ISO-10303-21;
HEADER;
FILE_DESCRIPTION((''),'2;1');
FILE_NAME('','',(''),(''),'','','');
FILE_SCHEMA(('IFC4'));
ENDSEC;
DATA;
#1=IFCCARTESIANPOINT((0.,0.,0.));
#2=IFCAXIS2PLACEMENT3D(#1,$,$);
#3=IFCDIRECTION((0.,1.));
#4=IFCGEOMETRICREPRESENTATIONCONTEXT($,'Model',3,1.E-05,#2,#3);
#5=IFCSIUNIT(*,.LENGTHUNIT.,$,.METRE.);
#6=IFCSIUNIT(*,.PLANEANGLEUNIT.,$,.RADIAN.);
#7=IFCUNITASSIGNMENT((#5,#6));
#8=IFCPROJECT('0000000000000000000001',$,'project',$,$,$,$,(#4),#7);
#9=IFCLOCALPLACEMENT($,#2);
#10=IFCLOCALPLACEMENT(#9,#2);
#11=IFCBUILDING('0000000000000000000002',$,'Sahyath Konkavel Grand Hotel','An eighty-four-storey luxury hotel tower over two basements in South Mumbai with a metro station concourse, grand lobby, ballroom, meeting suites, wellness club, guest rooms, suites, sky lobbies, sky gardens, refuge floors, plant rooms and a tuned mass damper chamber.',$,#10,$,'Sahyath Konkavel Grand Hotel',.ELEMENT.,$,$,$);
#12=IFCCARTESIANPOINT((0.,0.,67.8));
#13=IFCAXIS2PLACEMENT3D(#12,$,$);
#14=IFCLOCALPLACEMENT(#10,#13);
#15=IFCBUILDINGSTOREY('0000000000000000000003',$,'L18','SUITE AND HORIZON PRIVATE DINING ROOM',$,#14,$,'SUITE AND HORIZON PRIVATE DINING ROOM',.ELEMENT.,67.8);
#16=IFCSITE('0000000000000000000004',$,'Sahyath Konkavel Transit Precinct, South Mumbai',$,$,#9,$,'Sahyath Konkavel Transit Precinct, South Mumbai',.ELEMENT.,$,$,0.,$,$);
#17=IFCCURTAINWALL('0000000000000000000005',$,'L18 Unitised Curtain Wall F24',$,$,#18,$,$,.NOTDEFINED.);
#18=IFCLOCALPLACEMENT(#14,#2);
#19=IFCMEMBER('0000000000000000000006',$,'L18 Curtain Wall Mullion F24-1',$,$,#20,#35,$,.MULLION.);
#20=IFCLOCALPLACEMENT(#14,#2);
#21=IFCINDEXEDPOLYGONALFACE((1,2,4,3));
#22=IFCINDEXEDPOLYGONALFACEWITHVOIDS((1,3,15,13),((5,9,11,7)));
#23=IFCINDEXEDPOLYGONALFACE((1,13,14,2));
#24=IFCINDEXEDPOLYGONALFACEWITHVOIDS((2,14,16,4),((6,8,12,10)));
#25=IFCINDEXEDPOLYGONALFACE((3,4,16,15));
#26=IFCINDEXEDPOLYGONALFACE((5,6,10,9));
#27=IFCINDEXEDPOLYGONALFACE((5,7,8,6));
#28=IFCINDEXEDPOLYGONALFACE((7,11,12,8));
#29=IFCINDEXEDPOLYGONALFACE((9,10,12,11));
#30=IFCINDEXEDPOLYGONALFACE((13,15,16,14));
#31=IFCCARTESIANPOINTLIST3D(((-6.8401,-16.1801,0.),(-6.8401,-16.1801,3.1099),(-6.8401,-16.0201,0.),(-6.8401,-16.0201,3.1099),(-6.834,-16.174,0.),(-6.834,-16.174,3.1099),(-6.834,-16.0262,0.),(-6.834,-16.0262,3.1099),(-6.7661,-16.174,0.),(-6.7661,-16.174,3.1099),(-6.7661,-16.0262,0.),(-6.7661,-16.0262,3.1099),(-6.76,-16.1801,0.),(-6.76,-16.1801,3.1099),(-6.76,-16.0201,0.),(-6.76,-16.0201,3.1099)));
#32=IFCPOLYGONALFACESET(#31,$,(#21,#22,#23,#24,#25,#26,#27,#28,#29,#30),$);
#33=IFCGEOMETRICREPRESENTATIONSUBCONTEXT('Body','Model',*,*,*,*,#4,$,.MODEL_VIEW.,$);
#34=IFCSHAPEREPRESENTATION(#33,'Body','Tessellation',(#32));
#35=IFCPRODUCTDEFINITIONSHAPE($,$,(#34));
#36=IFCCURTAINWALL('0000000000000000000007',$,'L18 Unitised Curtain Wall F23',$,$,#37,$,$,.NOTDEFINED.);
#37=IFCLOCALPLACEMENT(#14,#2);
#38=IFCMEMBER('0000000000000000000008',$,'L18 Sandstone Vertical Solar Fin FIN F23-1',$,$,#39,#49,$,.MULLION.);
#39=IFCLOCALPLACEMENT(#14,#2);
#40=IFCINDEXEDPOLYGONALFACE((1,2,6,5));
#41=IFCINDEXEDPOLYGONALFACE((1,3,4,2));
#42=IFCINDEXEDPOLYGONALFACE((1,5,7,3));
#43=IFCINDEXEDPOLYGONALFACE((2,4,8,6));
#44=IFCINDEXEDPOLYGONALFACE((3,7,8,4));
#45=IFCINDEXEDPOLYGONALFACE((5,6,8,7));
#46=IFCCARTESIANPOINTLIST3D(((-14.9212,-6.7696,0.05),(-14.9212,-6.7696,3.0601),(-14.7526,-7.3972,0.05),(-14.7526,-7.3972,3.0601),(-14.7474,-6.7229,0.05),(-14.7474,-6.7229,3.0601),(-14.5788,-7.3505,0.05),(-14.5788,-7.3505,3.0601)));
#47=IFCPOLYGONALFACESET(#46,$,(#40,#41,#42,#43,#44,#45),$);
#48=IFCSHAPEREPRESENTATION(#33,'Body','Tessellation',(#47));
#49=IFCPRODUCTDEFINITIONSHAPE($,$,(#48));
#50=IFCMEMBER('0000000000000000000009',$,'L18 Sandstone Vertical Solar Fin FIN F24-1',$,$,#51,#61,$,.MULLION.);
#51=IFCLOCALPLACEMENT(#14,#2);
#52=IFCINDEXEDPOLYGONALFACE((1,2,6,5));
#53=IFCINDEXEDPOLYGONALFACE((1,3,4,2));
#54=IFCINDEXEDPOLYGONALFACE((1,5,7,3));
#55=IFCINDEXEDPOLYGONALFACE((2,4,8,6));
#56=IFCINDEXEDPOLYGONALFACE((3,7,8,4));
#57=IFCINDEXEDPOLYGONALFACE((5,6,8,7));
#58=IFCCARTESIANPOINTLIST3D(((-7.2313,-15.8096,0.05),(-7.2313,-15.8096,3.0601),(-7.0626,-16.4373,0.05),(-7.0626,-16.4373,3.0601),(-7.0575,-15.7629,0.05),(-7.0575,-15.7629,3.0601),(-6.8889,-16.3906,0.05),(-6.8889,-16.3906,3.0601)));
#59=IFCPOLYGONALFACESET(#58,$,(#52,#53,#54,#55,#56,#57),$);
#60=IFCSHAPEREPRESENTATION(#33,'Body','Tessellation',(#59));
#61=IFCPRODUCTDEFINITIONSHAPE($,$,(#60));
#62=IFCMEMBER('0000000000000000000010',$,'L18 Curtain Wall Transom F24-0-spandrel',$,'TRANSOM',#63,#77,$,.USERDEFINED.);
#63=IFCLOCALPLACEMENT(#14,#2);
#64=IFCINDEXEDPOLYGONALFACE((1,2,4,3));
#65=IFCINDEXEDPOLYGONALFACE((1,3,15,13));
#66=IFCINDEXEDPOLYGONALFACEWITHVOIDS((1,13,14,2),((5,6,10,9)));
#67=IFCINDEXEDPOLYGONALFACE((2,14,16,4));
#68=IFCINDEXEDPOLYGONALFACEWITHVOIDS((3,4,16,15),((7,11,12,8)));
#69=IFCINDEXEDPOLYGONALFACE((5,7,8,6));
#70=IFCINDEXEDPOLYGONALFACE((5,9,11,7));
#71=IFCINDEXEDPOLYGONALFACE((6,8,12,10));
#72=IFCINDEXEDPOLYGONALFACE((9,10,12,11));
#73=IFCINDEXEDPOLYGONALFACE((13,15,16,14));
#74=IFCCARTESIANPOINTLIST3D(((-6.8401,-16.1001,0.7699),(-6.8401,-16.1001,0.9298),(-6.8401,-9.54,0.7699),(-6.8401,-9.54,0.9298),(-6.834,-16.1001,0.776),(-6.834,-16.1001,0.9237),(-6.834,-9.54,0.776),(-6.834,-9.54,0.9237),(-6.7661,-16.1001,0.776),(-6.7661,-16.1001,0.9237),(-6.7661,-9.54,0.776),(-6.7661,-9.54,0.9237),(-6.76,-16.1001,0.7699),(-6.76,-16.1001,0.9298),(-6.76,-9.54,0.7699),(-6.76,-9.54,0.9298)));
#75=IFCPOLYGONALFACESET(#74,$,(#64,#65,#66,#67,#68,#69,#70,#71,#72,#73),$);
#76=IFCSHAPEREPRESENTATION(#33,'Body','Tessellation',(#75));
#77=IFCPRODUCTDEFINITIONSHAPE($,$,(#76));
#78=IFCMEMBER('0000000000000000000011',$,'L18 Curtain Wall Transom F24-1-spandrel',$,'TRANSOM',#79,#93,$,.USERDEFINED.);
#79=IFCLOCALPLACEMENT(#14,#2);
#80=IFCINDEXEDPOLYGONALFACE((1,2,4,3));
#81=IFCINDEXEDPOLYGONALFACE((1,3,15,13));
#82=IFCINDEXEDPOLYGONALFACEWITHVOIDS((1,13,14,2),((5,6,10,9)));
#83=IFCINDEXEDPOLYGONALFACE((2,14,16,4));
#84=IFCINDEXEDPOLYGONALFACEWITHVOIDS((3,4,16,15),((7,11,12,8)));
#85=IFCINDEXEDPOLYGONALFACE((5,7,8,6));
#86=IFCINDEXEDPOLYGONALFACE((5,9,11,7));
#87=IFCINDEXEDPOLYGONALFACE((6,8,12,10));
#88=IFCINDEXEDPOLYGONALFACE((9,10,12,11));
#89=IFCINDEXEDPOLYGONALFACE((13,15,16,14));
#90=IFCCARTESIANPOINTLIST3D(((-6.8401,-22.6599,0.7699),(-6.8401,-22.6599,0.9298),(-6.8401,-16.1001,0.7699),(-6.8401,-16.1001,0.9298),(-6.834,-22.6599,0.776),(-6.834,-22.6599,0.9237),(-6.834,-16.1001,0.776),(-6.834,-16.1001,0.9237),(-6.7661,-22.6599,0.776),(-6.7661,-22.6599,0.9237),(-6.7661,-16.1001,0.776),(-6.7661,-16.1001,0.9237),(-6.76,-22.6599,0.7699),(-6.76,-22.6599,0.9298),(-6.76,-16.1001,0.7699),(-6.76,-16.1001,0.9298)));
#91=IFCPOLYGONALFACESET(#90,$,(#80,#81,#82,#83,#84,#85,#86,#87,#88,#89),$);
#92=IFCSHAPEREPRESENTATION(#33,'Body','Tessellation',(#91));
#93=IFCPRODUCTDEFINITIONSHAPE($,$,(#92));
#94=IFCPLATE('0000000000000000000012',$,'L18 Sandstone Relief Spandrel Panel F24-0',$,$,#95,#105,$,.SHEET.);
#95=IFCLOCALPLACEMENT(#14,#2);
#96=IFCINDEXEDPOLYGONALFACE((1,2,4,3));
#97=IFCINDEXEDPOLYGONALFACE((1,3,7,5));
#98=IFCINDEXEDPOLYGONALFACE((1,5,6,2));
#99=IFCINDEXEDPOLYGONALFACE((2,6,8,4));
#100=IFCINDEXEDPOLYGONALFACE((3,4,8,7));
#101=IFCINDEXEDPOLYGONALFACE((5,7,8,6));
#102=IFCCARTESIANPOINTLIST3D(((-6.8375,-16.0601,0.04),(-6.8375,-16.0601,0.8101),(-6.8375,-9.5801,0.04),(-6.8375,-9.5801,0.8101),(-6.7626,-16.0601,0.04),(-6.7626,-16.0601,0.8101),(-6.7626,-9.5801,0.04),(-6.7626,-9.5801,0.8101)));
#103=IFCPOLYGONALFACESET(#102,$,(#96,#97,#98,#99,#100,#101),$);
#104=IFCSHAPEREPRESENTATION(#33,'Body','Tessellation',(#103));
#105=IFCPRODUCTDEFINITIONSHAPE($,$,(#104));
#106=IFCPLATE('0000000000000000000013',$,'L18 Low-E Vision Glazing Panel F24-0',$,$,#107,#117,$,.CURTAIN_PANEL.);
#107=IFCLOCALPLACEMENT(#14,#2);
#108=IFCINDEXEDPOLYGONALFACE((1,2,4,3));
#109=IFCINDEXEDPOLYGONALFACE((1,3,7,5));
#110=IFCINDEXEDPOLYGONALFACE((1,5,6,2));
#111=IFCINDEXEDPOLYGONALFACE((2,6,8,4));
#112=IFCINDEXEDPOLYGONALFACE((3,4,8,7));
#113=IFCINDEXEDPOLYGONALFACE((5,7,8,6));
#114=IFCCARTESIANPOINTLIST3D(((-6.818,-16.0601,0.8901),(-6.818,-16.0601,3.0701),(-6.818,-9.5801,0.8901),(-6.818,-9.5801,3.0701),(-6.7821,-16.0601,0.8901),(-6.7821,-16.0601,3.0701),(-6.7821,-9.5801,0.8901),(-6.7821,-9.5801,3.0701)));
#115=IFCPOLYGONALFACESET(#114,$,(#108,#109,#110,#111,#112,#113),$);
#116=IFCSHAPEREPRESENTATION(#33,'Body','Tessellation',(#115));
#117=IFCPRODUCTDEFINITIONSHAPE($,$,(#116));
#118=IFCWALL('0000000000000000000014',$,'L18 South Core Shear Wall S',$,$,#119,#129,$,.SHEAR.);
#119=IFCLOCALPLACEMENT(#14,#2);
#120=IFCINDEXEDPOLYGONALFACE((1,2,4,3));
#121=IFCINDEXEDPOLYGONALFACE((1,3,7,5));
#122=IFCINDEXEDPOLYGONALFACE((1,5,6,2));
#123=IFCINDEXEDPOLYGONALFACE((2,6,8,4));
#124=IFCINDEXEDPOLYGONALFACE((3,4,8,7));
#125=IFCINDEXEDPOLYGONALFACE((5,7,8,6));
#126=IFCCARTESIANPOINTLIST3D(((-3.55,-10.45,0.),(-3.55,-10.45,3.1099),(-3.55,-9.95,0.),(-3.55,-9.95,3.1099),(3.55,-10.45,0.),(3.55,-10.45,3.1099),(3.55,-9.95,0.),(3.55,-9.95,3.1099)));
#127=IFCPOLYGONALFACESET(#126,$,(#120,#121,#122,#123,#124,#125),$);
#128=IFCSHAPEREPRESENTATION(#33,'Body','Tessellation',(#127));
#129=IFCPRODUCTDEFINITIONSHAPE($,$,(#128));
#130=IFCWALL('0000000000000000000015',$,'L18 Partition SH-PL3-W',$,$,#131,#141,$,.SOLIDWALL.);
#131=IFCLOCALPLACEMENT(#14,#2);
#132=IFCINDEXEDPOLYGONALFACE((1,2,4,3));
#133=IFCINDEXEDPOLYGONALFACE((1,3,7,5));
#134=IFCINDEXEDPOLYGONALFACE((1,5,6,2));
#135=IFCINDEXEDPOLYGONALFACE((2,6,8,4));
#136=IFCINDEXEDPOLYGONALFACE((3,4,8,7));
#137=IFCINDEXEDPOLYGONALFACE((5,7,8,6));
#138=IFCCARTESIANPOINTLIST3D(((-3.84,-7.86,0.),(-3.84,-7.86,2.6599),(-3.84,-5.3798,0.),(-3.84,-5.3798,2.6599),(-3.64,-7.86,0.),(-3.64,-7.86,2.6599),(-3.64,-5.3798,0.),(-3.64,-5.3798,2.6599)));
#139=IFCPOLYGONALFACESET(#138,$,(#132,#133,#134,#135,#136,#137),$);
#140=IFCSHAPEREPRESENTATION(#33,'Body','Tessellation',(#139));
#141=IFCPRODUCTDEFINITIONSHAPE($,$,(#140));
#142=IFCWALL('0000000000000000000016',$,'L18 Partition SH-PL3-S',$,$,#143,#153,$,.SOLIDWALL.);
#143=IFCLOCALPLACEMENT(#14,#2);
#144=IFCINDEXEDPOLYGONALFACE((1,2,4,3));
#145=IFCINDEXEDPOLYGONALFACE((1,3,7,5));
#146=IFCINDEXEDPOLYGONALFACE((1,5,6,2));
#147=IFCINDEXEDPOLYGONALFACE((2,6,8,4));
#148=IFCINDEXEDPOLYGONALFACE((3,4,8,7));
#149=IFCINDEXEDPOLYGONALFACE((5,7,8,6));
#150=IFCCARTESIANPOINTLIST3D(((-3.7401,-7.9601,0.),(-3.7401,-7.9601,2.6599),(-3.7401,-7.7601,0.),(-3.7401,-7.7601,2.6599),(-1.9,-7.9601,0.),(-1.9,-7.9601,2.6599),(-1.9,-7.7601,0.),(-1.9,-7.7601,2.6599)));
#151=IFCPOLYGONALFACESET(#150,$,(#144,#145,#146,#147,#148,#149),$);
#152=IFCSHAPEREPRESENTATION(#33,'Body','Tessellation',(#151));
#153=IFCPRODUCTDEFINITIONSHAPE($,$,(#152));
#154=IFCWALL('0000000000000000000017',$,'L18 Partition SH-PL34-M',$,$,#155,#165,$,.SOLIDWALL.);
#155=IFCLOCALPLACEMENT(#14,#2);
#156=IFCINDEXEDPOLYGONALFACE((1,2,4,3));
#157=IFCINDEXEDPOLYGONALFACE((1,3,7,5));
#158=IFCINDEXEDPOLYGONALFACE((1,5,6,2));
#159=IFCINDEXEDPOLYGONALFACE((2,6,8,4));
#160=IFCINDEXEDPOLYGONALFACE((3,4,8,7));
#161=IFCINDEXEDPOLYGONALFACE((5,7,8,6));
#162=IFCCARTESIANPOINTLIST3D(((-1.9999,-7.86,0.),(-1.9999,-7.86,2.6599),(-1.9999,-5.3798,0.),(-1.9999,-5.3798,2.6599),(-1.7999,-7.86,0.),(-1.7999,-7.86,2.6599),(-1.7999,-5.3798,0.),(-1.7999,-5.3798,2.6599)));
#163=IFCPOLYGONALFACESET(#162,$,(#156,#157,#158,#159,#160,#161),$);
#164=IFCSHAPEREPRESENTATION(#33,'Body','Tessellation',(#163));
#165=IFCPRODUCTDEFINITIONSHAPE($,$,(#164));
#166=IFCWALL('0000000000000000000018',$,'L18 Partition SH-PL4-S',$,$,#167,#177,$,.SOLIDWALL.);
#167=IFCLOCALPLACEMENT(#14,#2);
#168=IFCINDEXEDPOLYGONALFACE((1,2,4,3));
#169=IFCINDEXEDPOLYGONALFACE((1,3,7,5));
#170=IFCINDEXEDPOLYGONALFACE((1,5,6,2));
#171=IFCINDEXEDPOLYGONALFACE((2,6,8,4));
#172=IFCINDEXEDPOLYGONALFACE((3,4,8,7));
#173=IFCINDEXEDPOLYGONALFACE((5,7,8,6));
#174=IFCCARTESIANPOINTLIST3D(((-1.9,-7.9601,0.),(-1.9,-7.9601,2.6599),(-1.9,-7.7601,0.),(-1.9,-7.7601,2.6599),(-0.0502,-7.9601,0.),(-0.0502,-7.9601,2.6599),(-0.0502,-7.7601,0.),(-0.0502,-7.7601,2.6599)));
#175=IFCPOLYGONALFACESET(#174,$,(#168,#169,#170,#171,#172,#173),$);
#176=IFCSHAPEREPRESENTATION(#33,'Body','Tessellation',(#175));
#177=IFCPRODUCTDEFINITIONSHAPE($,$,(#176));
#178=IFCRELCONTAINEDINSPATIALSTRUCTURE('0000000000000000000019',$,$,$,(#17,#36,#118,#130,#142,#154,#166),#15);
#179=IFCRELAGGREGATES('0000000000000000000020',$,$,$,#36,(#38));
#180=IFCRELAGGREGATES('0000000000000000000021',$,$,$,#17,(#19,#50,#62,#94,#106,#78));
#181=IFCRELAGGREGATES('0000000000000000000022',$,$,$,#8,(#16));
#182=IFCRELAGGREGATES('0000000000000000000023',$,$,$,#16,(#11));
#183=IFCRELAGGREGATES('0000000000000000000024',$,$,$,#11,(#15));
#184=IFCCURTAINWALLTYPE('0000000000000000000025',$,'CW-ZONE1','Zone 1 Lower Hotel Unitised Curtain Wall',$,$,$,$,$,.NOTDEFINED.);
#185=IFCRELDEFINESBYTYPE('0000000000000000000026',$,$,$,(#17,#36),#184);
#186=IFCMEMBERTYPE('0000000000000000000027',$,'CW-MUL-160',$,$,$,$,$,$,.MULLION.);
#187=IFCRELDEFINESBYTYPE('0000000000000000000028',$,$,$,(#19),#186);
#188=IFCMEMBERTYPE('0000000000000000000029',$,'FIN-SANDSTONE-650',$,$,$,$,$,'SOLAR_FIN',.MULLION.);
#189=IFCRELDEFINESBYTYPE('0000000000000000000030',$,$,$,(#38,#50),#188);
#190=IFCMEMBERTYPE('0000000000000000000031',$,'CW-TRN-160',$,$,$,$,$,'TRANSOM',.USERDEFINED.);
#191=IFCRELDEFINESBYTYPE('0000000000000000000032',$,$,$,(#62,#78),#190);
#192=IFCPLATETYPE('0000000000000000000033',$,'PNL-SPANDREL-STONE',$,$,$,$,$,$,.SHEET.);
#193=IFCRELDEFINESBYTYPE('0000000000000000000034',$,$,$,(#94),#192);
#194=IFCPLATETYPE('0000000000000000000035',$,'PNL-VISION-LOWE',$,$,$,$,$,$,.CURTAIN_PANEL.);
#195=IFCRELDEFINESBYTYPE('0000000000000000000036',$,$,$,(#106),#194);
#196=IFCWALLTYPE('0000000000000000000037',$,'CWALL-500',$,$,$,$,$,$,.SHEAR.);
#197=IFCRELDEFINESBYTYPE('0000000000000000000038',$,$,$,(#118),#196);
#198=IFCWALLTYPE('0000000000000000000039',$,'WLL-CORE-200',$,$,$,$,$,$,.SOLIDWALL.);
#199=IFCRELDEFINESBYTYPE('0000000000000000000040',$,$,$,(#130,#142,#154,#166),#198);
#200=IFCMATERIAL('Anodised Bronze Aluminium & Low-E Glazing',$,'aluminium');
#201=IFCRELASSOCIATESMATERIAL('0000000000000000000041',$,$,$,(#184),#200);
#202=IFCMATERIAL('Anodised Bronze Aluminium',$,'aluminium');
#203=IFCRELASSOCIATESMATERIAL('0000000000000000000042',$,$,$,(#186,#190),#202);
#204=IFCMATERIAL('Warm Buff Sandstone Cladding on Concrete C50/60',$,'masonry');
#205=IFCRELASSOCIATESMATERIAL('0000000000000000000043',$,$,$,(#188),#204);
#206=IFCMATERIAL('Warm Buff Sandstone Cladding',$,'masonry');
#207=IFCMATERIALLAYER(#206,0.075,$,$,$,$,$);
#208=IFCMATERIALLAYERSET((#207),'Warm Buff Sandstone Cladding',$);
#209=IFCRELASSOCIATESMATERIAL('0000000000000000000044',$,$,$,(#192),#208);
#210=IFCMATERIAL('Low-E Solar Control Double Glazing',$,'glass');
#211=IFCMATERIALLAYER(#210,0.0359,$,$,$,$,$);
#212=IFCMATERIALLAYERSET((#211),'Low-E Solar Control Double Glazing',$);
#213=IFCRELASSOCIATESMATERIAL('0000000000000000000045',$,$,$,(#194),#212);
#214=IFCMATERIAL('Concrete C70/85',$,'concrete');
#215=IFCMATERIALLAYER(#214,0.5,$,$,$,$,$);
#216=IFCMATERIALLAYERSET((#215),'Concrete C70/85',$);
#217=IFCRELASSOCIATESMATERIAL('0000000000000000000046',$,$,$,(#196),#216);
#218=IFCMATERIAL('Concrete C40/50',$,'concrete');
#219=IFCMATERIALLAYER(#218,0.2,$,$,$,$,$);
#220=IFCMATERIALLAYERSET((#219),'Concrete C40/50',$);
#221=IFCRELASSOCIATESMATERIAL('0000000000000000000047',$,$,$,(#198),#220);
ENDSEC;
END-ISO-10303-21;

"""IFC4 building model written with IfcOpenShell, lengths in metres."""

from ifc_helpers import new_model, si_unit, direction, frame, frame_2d, origin, origin_2d, place, context, subcontext, project, spatial, rectangle, hollow_rectangle, extrude, source, transform, mapped, material, layer, layer_set, material_profile, profile_set, type_object, element, aggregate, save


model = new_model("IFC4")

# Units and contexts
model_context = context("Model", 3, precision=1e-05, world=origin(), true_north=direction((0.0, 1.0)))
body_context = subcontext(model_context, "Body", "Model", "MODEL_VIEW")
ifc_project = project(units=[si_unit("LENGTHUNIT", "METRE"), si_unit("PLANEANGLEUNIT", "RADIAN")], contexts=[model_context])

# Site, building, storey
site_placement = place(None, origin())
site = spatial("IfcSite", under=ifc_project, at=site_placement, Name="Sahyath Konkavel Transit Precinct, South Mumbai", LongName="Sahyath Konkavel Transit Precinct, South Mumbai", CompositionType="ELEMENT", RefElevation=0.0)
building_placement = place(site_placement, origin())
building = spatial("IfcBuilding", under=site, at=building_placement, Name="Sahyath Konkavel Grand Hotel", Description="An eighty-four-storey luxury hotel tower over two basements in South Mumbai with a metro station concourse, grand lobby, ballroom, meeting suites, wellness club, guest rooms, suites, sky lobbies, sky gardens, refuge floors, plant rooms and a tuned mass damper chamber.", LongName="Sahyath Konkavel Grand Hotel", CompositionType="ELEMENT")
storey_placement = place(building_placement, frame((0.0, 0.0, 67.8)))
storey = spatial("IfcBuildingStorey", under=building, at=storey_placement, Name="L18", Description="SUITE AND HORIZON PRIVATE DINING ROOM", LongName="SUITE AND HORIZON PRIVATE DINING ROOM", CompositionType="ELEMENT", Elevation=67.8)

# Shared definitions
ifc_material_1 = material(Name="Concrete C70/85", Category="concrete")

# Curtain wall, member
ifc_material_2 = material(Name="Anodised Bronze Aluminium & Low-E Glazing", Category="aluminium")
curtain_wall_type = type_object("IfcCurtainWallType", Name="CW-ZONE1", Description="Zone 1 Lower Hotel Unitised Curtain Wall", PredefinedType="NOTDEFINED", material=ifc_material_2)
curtain_wall_1_placement = place(storey_placement, origin())
curtain_wall_1 = element("IfcCurtainWall", 1, at=curtain_wall_1_placement, inside=storey, type_object=curtain_wall_type, Name="L18 Unitised Curtain Wall F24", PredefinedType="NOTDEFINED")
ifc_material_3 = material(Name="Anodised Bronze Aluminium", Category="aluminium")
ifc_material_profile_1 = material_profile(ifc_material_3, hollow_rectangle(XDim=0.0801, YDim=0.1599, WallThickness=0.0061, at=origin_2d()), Name="RHS 160x80x6")
ifc_profile_set_1 = profile_set([ifc_material_profile_1], Name="Anodised Bronze Aluminium")
member_type_1 = type_object("IfcMemberType", Name="CW-MUL-160", PredefinedType="MULLION", material=ifc_profile_set_1)
shared_shape_1 = source(origin(), body_context, "Body", "SweptSolid", [
    extrude(hollow_rectangle(XDim=0.0801, YDim=0.1599, WallThickness=0.0061, at=origin_2d()), origin(), (0.0, 0.0, 1.0), 3.1099),
])
member_1_placement = place(storey_placement, frame((-6.8, -16.1001, 0.0), z_axis=(0.0, 0.0, 1.0), x_axis=(1.0, 0.0, 0.0)))
member_1 = element("IfcMember", 2, at=member_1_placement, type_object=member_type_1, Name="L18 Curtain Wall Mullion F24-1", PredefinedType="MULLION", context=body_context, shape_type="MappedRepresentation", body=[
    mapped(shared_shape_1, transform((0.0, 0.0, 0.0), scale=1.0)),
])

# Curtain wall, member
curtain_wall_2_placement = place(storey_placement, origin())
curtain_wall_2 = element("IfcCurtainWall", 3, at=curtain_wall_2_placement, inside=storey, type_object=curtain_wall_type, Name="L18 Unitised Curtain Wall F23", PredefinedType="NOTDEFINED")
ifc_material_4 = material(Name="Warm Buff Sandstone Cladding on Concrete C50/60", Category="masonry")
ifc_material_profile_2 = material_profile(ifc_material_4, rectangle(XDim=0.1799, YDim=0.6499, at=origin_2d()), Name="FIN 180x650")
ifc_profile_set_2 = profile_set([ifc_material_profile_2], Name="Warm Buff Sandstone Cladding on Concrete C50/60")
member_type_2 = type_object("IfcMemberType", Name="FIN-SANDSTONE-650", ElementType="SOLAR_FIN", PredefinedType="MULLION", material=ifc_profile_set_2)
shared_shape_2 = source(origin(), body_context, "Body", "SweptSolid", [
    extrude(rectangle(XDim=0.1799, YDim=0.6499, at=origin_2d()), origin(), (0.0, 0.0, 1.0), 3.01),
])
member_2_placement = place(storey_placement, frame((-14.75, -7.0601, 0.05), z_axis=(0.0, 0.0, 1.0), x_axis=(0.965745, 0.259493, 0.0)))
member_2 = element("IfcMember", 4, at=member_2_placement, type_object=member_type_2, Name="L18 Sandstone Vertical Solar Fin FIN F23-1", PredefinedType="MULLION", context=body_context, shape_type="MappedRepresentation", body=[
    mapped(shared_shape_2, transform((0.0, 0.0, 0.0), scale=1.0)),
])
aggregate(curtain_wall_2, [member_2])

# Members
member_3_placement = place(storey_placement, frame((-7.0601, -16.1001, 0.05), z_axis=(0.0, 0.0, 1.0), x_axis=(0.965745, 0.259493, 0.0)))
member_3 = element("IfcMember", 5, at=member_3_placement, type_object=member_type_2, Name="L18 Sandstone Vertical Solar Fin FIN F24-1", PredefinedType="MULLION", context=body_context, shape_type="MappedRepresentation", body=[
    mapped(shared_shape_2, transform((0.0, 0.0, 0.0), scale=1.0)),
])
ifc_material_profile_3 = material_profile(ifc_material_3, hollow_rectangle(XDim=0.0801, YDim=0.1599, WallThickness=0.0061, at=origin_2d()), Name="RHS 160x80x6")
ifc_profile_set_3 = profile_set([ifc_material_profile_3], Name="Anodised Bronze Aluminium")
member_type_3 = type_object("IfcMemberType", Name="CW-TRN-160", ElementType="TRANSOM", PredefinedType="USERDEFINED", material=ifc_profile_set_3)
shared_shape_3 = source(origin(), body_context, "Body", "SweptSolid", [
    extrude(hollow_rectangle(XDim=0.0801, YDim=0.1599, WallThickness=0.0061, at=origin_2d()), origin(), (0.0, 0.0, 1.0), 6.5601),
])
member_4_placement = place(storey_placement, frame((-6.8, -9.54, 0.8499), z_axis=(0.0, -1.0, 0.0), x_axis=(1.0, 0.0, 0.0)))
member_4 = element("IfcMember", 6, at=member_4_placement, type_object=member_type_3, Name="L18 Curtain Wall Transom F24-0-spandrel", ObjectType="TRANSOM", PredefinedType="USERDEFINED", context=body_context, shape_type="MappedRepresentation", body=[
    mapped(shared_shape_3, transform((0.0, 0.0, 0.0), scale=1.0)),
])
shared_shape_4 = source(origin(), body_context, "Body", "SweptSolid", [
    extrude(hollow_rectangle(XDim=0.0801, YDim=0.1599, WallThickness=0.0061, at=origin_2d()), origin(), (0.0, 0.0, 1.0), 6.5598),
])
member_5_placement = place(storey_placement, frame((-6.8, -16.1001, 0.8499), z_axis=(0.0, -1.0, 0.0), x_axis=(1.0, 0.0, 0.0)))
member_5 = element("IfcMember", 7, at=member_5_placement, type_object=member_type_3, Name="L18 Curtain Wall Transom F24-1-spandrel", ObjectType="TRANSOM", PredefinedType="USERDEFINED", context=body_context, shape_type="MappedRepresentation", body=[
    mapped(shared_shape_4, transform((0.0, 0.0, 0.0), scale=1.0)),
])

# Plates
ifc_material_5 = material(Name="Warm Buff Sandstone Cladding", Category="masonry")
ifc_layer_1 = layer(ifc_material_5, 0.075)
ifc_layer_set_1 = layer_set([ifc_layer_1], Name="Warm Buff Sandstone Cladding")
plate_type_1 = type_object("IfcPlateType", Name="PNL-SPANDREL-STONE", PredefinedType="SHEET", material=ifc_layer_set_1)
shared_shape_5 = source(origin(), body_context, "Body", "SweptSolid", [
    extrude(rectangle(XDim=6.48, YDim=0.075, at=origin_2d()), origin(), (0.0, 0.0, 1.0), 0.77),
])
plate_1_placement = place(storey_placement, frame((-6.8, -12.8201, 0.04), z_axis=(0.0, 0.0, 1.0), x_axis=(0.0, -1.0, 0.0)))
plate_1 = element("IfcPlate", 8, at=plate_1_placement, type_object=plate_type_1, Name="L18 Sandstone Relief Spandrel Panel F24-0", PredefinedType="SHEET", context=body_context, shape_type="MappedRepresentation", body=[
    mapped(shared_shape_5, transform((0.0, 0.0, 0.0), scale=1.0)),
])
ifc_material_6 = material(Name="Low-E Solar Control Double Glazing", Category="glass")
ifc_layer_2 = layer(ifc_material_6, 0.0359)
ifc_layer_set_2 = layer_set([ifc_layer_2], Name="Low-E Solar Control Double Glazing")
plate_type_2 = type_object("IfcPlateType", Name="PNL-VISION-LOWE", PredefinedType="CURTAIN_PANEL", material=ifc_layer_set_2)
shared_shape_6 = source(origin(), body_context, "Body", "SweptSolid", [
    extrude(rectangle(XDim=6.48, YDim=0.0359, at=origin_2d()), origin(), (0.0, 0.0, 1.0), 2.1799),
])
plate_2_placement = place(storey_placement, frame((-6.8, -12.8201, 0.8901), z_axis=(0.0, 0.0, 1.0), x_axis=(0.0, -1.0, 0.0)))
plate_2 = element("IfcPlate", 9, at=plate_2_placement, type_object=plate_type_2, Name="L18 Low-E Vision Glazing Panel F24-0", PredefinedType="CURTAIN_PANEL", context=body_context, shape_type="MappedRepresentation", body=[
    mapped(shared_shape_6, transform((0.0, 0.0, 0.0), scale=1.0)),
])
aggregate(curtain_wall_1, [member_1, member_3, member_4, plate_1, plate_2, member_5])

# Walls
ifc_layer_3 = layer(ifc_material_1, 0.5)
ifc_layer_set_3 = layer_set([ifc_layer_3], Name="Concrete C70/85")
wall_type_1 = type_object("IfcWallType", Name="CWALL-500", PredefinedType="SHEAR", material=ifc_layer_set_3)
wall_1_placement = place(storey_placement, frame((-3.55, -10.2, 0.0), z_axis=(0.0, 0.0, 1.0), x_axis=(1.0, 0.0, 0.0)))
element("IfcWall", 10, at=wall_1_placement, inside=storey, type_object=wall_type_1, Name="L18 South Core Shear Wall S", PredefinedType="SHEAR", context=body_context, shape_type="SweptSolid", body=[
    extrude(rectangle(XDim=7.1001, YDim=0.5, at=frame_2d((3.55, 0.0))), origin(), (0.0, 0.0, 1.0), 3.1099),
])
ifc_material_7 = material(Name="Concrete C40/50", Category="concrete")
ifc_layer_4 = layer(ifc_material_7, 0.2)
ifc_layer_set_4 = layer_set([ifc_layer_4], Name="Concrete C40/50")
wall_type_2 = type_object("IfcWallType", Name="WLL-CORE-200", PredefinedType="SOLIDWALL", material=ifc_layer_set_4)
wall_2_placement = place(storey_placement, frame((-3.74, -7.8601, 0.0), z_axis=(0.0, 0.0, 1.0), x_axis=(0.0, 1.0, 0.0)))
element("IfcWall", 11, at=wall_2_placement, inside=storey, type_object=wall_type_2, Name="L18 Partition SH-PL3-W", PredefinedType="SOLIDWALL", context=body_context, shape_type="SweptSolid", body=[
    extrude(rectangle(XDim=2.4802, YDim=0.2, at=frame_2d((1.2402, 0.0))), origin(), (0.0, 0.0, 1.0), 2.6599),
])
wall_3_placement = place(storey_placement, frame((-3.74, -7.8601, 0.0), z_axis=(0.0, 0.0, 1.0), x_axis=(1.0, 0.0, 0.0)))
element("IfcWall", 12, at=wall_3_placement, inside=storey, type_object=wall_type_2, Name="L18 Partition SH-PL3-S", PredefinedType="SOLIDWALL", context=body_context, shape_type="SweptSolid", body=[
    extrude(rectangle(XDim=1.8401, YDim=0.2, at=frame_2d((0.9199, 0.0))), origin(), (0.0, 0.0, 1.0), 2.6599),
])
wall_4_placement = place(storey_placement, frame((-1.8999, -7.8601, 0.0), z_axis=(0.0, 0.0, 1.0), x_axis=(0.0, 1.0, 0.0)))
element("IfcWall", 13, at=wall_4_placement, inside=storey, type_object=wall_type_2, Name="L18 Partition SH-PL34-M", PredefinedType="SOLIDWALL", context=body_context, shape_type="SweptSolid", body=[
    extrude(rectangle(XDim=2.4802, YDim=0.2, at=frame_2d((1.2402, 0.0))), origin(), (0.0, 0.0, 1.0), 2.6599),
])
wall_5_placement = place(storey_placement, frame((-1.8999, -7.8601, 0.0), z_axis=(0.0, 0.0, 1.0), x_axis=(1.0, 0.0, 0.0)))
element("IfcWall", 14, at=wall_5_placement, inside=storey, type_object=wall_type_2, Name="L18 Partition SH-PL4-S", PredefinedType="SOLIDWALL", context=body_context, shape_type="SweptSolid", body=[
    extrude(rectangle(XDim=1.8499, YDim=0.2, at=frame_2d((0.9248, 0.0))), origin(), (0.0, 0.0, 1.0), 2.6599),
])

save(model, "model.ifc")
